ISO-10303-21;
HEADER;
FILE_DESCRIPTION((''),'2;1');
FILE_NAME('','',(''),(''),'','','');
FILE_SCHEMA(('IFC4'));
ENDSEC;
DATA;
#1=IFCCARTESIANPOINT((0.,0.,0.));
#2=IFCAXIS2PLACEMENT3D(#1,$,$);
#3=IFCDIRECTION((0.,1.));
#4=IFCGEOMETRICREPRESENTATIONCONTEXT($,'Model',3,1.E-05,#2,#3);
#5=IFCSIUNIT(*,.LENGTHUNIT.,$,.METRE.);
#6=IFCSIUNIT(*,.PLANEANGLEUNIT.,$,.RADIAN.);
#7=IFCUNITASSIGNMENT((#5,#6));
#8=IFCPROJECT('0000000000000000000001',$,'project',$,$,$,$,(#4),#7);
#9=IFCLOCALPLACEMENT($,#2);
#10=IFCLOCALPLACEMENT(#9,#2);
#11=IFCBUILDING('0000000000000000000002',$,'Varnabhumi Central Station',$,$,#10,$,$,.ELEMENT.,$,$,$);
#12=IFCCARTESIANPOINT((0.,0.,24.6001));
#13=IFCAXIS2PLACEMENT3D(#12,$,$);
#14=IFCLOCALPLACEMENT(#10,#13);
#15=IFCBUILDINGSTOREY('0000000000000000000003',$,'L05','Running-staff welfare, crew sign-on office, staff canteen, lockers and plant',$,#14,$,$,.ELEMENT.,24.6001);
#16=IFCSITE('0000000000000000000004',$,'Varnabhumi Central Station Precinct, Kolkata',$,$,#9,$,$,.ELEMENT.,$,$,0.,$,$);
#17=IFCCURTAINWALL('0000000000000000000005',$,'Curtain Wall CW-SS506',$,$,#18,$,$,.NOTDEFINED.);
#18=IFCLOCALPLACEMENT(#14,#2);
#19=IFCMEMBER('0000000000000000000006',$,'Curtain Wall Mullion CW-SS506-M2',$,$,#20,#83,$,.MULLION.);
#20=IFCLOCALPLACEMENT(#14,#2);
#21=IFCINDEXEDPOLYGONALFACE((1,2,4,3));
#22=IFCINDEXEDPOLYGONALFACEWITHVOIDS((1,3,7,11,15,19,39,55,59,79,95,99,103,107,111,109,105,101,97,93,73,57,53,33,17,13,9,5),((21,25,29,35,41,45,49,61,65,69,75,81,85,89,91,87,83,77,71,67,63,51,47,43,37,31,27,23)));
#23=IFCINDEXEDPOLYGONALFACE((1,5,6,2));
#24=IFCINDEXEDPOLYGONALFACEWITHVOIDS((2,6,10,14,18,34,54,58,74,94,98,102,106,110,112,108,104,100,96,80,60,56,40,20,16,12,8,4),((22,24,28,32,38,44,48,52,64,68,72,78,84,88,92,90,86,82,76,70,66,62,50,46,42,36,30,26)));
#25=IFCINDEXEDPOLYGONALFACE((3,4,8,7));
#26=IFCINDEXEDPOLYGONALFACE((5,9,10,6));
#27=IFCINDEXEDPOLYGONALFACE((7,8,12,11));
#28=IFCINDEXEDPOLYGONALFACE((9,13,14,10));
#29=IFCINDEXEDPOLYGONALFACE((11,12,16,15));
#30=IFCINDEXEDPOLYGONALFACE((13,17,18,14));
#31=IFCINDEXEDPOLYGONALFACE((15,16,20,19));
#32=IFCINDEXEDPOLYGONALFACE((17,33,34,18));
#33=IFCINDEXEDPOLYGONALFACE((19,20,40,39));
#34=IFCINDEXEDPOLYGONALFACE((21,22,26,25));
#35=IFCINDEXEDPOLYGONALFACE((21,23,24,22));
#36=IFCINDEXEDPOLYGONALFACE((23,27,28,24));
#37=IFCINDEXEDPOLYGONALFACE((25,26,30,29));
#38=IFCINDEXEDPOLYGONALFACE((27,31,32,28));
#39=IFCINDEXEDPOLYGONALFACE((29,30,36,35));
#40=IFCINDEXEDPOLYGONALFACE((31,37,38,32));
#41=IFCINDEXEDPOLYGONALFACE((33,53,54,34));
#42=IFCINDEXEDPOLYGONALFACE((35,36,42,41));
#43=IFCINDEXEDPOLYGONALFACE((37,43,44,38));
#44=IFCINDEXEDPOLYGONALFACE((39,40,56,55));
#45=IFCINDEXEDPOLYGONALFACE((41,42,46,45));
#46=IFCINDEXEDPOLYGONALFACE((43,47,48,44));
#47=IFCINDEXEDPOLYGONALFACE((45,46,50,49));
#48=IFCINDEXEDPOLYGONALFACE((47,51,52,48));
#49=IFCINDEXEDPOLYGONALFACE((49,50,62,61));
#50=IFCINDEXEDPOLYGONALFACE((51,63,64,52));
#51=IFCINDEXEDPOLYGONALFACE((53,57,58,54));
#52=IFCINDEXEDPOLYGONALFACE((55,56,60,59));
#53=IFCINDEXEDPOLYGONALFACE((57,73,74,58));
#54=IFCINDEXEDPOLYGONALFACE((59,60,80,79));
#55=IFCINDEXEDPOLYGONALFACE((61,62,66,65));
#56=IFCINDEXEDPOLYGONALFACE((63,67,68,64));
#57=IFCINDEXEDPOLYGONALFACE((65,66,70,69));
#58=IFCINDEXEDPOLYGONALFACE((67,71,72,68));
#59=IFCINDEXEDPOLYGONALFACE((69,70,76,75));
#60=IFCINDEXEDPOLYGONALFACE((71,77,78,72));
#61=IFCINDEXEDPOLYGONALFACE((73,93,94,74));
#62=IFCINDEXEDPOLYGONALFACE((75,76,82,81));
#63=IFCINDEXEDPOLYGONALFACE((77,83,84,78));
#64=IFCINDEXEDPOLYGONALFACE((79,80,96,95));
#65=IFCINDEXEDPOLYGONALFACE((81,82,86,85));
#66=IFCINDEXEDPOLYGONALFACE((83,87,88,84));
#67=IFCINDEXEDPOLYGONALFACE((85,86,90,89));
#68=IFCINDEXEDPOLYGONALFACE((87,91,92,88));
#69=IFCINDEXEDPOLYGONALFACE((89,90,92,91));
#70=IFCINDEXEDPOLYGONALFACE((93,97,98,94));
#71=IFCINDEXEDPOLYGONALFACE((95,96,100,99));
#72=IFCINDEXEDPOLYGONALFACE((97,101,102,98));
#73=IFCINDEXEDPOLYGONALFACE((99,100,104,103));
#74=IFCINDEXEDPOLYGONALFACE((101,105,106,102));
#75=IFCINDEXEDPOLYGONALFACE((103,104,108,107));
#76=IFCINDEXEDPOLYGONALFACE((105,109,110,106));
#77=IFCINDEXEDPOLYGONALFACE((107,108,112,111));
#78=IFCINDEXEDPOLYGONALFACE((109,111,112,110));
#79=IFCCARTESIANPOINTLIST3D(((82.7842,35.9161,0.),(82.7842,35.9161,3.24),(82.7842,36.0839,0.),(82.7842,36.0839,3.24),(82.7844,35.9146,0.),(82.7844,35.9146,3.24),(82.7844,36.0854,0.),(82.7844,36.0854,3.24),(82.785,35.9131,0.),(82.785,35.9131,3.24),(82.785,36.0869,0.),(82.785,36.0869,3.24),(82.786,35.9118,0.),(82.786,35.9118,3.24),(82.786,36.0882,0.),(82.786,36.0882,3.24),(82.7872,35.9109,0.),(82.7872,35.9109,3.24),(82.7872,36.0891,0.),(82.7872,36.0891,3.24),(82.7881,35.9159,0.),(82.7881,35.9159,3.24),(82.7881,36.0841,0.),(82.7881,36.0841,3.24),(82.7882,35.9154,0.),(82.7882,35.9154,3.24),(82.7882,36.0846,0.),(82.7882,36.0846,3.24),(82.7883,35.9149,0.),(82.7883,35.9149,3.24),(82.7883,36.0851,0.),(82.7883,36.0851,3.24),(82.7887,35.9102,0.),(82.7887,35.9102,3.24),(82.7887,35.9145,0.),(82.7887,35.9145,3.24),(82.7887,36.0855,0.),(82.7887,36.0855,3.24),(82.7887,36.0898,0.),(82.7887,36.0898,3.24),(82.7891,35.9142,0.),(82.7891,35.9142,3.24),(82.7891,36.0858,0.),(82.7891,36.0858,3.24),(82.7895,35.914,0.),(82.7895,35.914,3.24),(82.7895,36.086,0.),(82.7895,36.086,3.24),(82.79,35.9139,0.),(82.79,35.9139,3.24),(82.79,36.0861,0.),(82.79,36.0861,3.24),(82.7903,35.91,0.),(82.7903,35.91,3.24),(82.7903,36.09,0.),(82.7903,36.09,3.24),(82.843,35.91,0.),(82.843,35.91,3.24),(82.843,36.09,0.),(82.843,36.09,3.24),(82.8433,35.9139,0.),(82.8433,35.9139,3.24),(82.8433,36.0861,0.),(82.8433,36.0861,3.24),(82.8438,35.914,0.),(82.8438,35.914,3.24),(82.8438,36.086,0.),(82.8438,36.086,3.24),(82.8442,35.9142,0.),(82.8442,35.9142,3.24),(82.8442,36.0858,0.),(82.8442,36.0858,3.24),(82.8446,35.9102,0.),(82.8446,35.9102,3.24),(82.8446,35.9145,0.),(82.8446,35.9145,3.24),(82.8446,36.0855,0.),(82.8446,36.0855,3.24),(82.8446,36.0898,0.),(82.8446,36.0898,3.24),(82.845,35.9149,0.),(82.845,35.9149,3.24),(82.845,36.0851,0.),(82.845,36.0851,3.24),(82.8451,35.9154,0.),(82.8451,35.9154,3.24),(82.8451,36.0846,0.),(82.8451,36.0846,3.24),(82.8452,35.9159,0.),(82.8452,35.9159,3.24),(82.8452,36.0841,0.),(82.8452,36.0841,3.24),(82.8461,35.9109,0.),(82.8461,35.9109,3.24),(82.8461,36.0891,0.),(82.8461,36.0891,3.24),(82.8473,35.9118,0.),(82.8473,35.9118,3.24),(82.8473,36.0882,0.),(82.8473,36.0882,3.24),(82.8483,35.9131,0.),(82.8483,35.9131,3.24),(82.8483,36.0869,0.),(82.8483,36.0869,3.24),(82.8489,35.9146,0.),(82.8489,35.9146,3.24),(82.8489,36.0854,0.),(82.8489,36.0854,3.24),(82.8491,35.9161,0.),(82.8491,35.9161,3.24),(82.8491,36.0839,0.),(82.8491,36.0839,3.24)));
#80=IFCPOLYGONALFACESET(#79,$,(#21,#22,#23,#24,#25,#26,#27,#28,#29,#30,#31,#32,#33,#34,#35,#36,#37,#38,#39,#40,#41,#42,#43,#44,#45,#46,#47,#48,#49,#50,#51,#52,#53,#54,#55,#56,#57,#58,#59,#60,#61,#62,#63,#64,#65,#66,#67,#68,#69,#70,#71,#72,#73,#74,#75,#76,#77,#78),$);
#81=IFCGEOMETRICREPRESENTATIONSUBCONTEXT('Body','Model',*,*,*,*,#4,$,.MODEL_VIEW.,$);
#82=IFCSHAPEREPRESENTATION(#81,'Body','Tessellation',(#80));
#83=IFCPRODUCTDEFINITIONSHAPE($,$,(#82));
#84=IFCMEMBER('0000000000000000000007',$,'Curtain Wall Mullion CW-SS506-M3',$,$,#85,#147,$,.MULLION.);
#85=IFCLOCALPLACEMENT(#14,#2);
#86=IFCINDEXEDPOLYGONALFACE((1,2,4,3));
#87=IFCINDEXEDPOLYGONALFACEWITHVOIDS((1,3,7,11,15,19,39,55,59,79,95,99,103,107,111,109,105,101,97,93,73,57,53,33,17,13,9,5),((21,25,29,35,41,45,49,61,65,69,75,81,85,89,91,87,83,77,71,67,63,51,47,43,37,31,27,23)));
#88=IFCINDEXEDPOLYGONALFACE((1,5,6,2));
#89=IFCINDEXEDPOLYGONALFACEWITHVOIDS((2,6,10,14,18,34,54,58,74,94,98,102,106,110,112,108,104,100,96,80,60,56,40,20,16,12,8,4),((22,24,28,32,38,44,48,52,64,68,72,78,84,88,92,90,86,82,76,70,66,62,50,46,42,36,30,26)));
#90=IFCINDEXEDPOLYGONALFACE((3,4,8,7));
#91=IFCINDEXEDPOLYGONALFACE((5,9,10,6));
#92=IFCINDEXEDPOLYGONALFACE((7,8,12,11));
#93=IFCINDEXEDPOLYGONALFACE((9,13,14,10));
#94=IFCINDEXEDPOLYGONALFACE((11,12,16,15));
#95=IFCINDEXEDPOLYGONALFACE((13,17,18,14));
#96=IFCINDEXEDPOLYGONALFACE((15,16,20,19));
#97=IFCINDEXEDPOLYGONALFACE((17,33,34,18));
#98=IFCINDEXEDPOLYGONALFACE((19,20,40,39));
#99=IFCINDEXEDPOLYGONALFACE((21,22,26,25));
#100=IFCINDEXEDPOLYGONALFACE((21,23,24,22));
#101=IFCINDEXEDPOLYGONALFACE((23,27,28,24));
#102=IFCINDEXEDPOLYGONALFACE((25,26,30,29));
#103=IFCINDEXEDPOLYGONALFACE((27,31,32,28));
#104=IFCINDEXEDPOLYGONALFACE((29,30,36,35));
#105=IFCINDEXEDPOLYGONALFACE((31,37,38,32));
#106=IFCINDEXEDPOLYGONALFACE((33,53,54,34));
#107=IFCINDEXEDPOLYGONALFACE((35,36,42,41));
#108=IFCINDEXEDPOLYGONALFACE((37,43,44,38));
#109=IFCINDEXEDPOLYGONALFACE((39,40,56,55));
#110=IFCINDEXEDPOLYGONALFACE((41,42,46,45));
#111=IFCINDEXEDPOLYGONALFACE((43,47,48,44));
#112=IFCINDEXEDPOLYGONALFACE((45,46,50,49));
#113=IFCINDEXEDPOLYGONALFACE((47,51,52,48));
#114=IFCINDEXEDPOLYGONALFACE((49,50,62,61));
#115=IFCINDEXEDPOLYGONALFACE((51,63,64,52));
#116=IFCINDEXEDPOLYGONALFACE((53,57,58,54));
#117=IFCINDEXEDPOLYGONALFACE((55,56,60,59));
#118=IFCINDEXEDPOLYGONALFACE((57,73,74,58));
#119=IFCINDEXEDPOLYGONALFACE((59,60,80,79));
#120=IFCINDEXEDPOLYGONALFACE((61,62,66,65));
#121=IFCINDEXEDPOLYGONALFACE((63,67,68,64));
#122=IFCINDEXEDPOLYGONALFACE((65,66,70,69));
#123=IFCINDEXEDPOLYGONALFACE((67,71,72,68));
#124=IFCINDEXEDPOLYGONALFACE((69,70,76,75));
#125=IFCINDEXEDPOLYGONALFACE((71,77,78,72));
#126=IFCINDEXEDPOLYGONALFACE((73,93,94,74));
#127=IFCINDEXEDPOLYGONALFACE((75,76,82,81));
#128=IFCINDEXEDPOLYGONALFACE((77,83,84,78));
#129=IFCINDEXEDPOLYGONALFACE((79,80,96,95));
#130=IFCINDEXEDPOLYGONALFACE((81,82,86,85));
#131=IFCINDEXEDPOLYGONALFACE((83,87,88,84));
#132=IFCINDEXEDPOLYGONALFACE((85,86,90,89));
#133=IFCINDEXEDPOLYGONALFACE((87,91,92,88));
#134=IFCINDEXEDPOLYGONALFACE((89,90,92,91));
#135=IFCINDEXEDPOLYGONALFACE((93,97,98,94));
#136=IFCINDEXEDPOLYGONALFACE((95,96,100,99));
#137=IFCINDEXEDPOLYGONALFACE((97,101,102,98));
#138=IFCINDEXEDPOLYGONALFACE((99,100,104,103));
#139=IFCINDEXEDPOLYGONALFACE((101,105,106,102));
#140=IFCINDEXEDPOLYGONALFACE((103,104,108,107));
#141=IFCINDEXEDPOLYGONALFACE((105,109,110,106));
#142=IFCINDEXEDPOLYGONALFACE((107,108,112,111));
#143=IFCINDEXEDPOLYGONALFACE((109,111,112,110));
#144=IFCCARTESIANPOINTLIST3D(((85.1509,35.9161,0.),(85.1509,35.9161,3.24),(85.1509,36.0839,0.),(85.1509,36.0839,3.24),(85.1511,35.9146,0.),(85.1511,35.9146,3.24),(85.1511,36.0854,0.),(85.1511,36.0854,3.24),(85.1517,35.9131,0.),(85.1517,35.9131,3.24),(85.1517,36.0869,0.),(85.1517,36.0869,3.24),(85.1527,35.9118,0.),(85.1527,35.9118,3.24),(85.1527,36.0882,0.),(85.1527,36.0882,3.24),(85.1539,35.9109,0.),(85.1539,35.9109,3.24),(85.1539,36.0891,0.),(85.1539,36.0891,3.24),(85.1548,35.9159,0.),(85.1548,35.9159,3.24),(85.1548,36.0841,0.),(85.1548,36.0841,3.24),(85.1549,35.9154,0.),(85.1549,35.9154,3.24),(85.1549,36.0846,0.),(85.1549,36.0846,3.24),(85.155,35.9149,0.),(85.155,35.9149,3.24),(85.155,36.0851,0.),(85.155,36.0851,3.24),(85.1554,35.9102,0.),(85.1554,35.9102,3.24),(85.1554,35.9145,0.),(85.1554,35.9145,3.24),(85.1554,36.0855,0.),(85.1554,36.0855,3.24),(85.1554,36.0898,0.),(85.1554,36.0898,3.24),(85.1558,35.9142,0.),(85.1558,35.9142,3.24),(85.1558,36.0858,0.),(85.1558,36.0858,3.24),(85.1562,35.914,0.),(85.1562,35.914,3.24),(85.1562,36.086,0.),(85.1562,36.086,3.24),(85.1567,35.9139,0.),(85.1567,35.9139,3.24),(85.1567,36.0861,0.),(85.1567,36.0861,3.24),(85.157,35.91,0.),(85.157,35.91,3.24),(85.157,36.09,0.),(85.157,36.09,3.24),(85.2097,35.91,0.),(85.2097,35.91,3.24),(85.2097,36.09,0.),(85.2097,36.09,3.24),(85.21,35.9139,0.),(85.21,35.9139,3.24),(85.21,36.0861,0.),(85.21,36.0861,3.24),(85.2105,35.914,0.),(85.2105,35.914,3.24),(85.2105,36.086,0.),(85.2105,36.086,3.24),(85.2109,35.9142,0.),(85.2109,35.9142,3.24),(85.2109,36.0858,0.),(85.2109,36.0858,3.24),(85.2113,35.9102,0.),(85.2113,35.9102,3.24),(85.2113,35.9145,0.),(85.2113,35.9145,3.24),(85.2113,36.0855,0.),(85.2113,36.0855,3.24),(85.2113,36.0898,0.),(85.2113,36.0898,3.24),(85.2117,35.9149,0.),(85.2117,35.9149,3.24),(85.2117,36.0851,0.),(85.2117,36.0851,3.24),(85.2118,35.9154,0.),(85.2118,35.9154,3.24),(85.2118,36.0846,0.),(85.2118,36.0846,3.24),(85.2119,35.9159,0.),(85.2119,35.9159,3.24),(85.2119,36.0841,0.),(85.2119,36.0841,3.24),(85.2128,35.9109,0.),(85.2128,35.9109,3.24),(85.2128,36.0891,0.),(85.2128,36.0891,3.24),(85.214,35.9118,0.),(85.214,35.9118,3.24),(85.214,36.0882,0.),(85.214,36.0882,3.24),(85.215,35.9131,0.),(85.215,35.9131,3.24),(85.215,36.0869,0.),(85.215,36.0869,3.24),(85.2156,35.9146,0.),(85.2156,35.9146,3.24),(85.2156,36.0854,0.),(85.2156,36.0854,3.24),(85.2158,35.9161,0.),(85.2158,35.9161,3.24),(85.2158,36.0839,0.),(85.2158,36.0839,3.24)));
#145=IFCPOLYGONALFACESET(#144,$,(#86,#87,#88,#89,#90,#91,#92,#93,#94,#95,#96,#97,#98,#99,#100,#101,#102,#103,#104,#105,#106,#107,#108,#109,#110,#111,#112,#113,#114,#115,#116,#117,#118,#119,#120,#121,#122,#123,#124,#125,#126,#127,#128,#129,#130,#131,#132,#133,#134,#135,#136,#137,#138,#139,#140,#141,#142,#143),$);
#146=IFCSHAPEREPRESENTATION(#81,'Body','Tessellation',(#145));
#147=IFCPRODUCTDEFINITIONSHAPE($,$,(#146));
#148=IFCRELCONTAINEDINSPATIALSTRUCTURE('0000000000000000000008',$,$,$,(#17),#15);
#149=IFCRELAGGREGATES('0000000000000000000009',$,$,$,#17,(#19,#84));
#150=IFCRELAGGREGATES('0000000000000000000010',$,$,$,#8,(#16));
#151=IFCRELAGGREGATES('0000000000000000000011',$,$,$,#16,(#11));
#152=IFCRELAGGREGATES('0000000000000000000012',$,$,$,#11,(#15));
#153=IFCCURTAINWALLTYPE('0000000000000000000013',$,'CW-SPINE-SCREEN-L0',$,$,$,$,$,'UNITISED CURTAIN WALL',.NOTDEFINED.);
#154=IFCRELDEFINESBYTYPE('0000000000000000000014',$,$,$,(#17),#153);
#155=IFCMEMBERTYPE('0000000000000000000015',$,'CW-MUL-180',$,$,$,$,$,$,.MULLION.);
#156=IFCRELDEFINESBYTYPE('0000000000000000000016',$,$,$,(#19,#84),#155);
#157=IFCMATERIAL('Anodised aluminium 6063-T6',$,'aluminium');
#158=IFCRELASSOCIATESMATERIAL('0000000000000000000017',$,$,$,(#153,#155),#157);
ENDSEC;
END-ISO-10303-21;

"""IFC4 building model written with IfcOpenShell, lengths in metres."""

from ifc_helpers import new_model, si_unit, direction, frame, origin, origin_2d, place, context, subcontext, project, spatial, hollow_rectangle, extrude, material, material_profile, profile_set, type_object, element, aggregate, save


model = new_model("IFC4")

# Units and contexts
model_context = context("Model", 3, precision=1e-05, world=origin(), true_north=direction((0.0, 1.0)))
body_context = subcontext(model_context, "Body", "Model", "MODEL_VIEW")
ifc_project = project(units=[si_unit("LENGTHUNIT", "METRE"), si_unit("PLANEANGLEUNIT", "RADIAN")], contexts=[model_context])

# Site, building, storey
site_placement = place(None, origin())
site = spatial("IfcSite", under=ifc_project, at=site_placement, Name="Varnabhumi Central Station Precinct, Kolkata", CompositionType="ELEMENT", RefElevation=0.0)
building_placement = place(site_placement, origin())
building = spatial("IfcBuilding", under=site, at=building_placement, Name="Varnabhumi Central Station", CompositionType="ELEMENT")
storey_placement = place(building_placement, frame((0.0, 0.0, 24.6001)))
storey = spatial("IfcBuildingStorey", under=building, at=storey_placement, Name="L05", Description="Running-staff welfare, crew sign-on office, staff canteen, lockers and plant", CompositionType="ELEMENT", Elevation=24.6001)

# Curtain wall, members
ifc_material_1 = material(Name="Anodised aluminium 6063-T6", Category="aluminium")
curtain_wall_type = type_object("IfcCurtainWallType", Name="CW-SPINE-SCREEN-L0", ElementType="UNITISED CURTAIN WALL", PredefinedType="NOTDEFINED", material=ifc_material_1)
curtain_wall_placement = place(storey_placement, origin())
curtain_wall = element("IfcCurtainWall", 1, at=curtain_wall_placement, inside=storey, type_object=curtain_wall_type, Name="Curtain Wall CW-SS506", PredefinedType="NOTDEFINED")
ifc_material_profile_1 = material_profile(ifc_material_1, hollow_rectangle(XDim=0.0649, YDim=0.1799, WallThickness=0.0039, InnerFilletRadius=0.002, OuterFilletRadius=0.0061, at=origin_2d()), Name="Anodised aluminium 6063-T6", Category="aluminium")
ifc_profile_set_1 = profile_set([ifc_material_profile_1], Name="Anodised aluminium 6063-T6")
member_type_1 = type_object("IfcMemberType", Name="CW-MUL-180", PredefinedType="MULLION", material=ifc_profile_set_1)
member_1_placement = place(storey_placement, frame((82.8167, 36.0, 0.0), z_axis=(0.0, 0.0, 1.0), x_axis=(1.0, 0.0, 0.0)))
member_1 = element("IfcMember", 2, at=member_1_placement, type_object=member_type_1, Name="Curtain Wall Mullion CW-SS506-M2", PredefinedType="MULLION", context=body_context, shape_type="SweptSolid", body=[
    extrude(hollow_rectangle(XDim=0.0649, YDim=0.1799, WallThickness=0.0039, InnerFilletRadius=0.002, OuterFilletRadius=0.0061, at=origin_2d()), origin(), (0.0, 0.0, 1.0), 3.24),
])
member_2_placement = place(storey_placement, frame((85.1833, 36.0, 0.0), z_axis=(0.0, 0.0, 1.0), x_axis=(1.0, 0.0, 0.0)))
member_2 = element("IfcMember", 3, at=member_2_placement, type_object=member_type_1, Name="Curtain Wall Mullion CW-SS506-M3", PredefinedType="MULLION", context=body_context, shape_type="SweptSolid", body=[
    extrude(hollow_rectangle(XDim=0.0649, YDim=0.1799, WallThickness=0.0039, InnerFilletRadius=0.002, OuterFilletRadius=0.0061, at=origin_2d()), origin(), (0.0, 0.0, 1.0), 3.24),
])

aggregate(curtain_wall, [member_1, member_2])

save(model, "model.ifc")
